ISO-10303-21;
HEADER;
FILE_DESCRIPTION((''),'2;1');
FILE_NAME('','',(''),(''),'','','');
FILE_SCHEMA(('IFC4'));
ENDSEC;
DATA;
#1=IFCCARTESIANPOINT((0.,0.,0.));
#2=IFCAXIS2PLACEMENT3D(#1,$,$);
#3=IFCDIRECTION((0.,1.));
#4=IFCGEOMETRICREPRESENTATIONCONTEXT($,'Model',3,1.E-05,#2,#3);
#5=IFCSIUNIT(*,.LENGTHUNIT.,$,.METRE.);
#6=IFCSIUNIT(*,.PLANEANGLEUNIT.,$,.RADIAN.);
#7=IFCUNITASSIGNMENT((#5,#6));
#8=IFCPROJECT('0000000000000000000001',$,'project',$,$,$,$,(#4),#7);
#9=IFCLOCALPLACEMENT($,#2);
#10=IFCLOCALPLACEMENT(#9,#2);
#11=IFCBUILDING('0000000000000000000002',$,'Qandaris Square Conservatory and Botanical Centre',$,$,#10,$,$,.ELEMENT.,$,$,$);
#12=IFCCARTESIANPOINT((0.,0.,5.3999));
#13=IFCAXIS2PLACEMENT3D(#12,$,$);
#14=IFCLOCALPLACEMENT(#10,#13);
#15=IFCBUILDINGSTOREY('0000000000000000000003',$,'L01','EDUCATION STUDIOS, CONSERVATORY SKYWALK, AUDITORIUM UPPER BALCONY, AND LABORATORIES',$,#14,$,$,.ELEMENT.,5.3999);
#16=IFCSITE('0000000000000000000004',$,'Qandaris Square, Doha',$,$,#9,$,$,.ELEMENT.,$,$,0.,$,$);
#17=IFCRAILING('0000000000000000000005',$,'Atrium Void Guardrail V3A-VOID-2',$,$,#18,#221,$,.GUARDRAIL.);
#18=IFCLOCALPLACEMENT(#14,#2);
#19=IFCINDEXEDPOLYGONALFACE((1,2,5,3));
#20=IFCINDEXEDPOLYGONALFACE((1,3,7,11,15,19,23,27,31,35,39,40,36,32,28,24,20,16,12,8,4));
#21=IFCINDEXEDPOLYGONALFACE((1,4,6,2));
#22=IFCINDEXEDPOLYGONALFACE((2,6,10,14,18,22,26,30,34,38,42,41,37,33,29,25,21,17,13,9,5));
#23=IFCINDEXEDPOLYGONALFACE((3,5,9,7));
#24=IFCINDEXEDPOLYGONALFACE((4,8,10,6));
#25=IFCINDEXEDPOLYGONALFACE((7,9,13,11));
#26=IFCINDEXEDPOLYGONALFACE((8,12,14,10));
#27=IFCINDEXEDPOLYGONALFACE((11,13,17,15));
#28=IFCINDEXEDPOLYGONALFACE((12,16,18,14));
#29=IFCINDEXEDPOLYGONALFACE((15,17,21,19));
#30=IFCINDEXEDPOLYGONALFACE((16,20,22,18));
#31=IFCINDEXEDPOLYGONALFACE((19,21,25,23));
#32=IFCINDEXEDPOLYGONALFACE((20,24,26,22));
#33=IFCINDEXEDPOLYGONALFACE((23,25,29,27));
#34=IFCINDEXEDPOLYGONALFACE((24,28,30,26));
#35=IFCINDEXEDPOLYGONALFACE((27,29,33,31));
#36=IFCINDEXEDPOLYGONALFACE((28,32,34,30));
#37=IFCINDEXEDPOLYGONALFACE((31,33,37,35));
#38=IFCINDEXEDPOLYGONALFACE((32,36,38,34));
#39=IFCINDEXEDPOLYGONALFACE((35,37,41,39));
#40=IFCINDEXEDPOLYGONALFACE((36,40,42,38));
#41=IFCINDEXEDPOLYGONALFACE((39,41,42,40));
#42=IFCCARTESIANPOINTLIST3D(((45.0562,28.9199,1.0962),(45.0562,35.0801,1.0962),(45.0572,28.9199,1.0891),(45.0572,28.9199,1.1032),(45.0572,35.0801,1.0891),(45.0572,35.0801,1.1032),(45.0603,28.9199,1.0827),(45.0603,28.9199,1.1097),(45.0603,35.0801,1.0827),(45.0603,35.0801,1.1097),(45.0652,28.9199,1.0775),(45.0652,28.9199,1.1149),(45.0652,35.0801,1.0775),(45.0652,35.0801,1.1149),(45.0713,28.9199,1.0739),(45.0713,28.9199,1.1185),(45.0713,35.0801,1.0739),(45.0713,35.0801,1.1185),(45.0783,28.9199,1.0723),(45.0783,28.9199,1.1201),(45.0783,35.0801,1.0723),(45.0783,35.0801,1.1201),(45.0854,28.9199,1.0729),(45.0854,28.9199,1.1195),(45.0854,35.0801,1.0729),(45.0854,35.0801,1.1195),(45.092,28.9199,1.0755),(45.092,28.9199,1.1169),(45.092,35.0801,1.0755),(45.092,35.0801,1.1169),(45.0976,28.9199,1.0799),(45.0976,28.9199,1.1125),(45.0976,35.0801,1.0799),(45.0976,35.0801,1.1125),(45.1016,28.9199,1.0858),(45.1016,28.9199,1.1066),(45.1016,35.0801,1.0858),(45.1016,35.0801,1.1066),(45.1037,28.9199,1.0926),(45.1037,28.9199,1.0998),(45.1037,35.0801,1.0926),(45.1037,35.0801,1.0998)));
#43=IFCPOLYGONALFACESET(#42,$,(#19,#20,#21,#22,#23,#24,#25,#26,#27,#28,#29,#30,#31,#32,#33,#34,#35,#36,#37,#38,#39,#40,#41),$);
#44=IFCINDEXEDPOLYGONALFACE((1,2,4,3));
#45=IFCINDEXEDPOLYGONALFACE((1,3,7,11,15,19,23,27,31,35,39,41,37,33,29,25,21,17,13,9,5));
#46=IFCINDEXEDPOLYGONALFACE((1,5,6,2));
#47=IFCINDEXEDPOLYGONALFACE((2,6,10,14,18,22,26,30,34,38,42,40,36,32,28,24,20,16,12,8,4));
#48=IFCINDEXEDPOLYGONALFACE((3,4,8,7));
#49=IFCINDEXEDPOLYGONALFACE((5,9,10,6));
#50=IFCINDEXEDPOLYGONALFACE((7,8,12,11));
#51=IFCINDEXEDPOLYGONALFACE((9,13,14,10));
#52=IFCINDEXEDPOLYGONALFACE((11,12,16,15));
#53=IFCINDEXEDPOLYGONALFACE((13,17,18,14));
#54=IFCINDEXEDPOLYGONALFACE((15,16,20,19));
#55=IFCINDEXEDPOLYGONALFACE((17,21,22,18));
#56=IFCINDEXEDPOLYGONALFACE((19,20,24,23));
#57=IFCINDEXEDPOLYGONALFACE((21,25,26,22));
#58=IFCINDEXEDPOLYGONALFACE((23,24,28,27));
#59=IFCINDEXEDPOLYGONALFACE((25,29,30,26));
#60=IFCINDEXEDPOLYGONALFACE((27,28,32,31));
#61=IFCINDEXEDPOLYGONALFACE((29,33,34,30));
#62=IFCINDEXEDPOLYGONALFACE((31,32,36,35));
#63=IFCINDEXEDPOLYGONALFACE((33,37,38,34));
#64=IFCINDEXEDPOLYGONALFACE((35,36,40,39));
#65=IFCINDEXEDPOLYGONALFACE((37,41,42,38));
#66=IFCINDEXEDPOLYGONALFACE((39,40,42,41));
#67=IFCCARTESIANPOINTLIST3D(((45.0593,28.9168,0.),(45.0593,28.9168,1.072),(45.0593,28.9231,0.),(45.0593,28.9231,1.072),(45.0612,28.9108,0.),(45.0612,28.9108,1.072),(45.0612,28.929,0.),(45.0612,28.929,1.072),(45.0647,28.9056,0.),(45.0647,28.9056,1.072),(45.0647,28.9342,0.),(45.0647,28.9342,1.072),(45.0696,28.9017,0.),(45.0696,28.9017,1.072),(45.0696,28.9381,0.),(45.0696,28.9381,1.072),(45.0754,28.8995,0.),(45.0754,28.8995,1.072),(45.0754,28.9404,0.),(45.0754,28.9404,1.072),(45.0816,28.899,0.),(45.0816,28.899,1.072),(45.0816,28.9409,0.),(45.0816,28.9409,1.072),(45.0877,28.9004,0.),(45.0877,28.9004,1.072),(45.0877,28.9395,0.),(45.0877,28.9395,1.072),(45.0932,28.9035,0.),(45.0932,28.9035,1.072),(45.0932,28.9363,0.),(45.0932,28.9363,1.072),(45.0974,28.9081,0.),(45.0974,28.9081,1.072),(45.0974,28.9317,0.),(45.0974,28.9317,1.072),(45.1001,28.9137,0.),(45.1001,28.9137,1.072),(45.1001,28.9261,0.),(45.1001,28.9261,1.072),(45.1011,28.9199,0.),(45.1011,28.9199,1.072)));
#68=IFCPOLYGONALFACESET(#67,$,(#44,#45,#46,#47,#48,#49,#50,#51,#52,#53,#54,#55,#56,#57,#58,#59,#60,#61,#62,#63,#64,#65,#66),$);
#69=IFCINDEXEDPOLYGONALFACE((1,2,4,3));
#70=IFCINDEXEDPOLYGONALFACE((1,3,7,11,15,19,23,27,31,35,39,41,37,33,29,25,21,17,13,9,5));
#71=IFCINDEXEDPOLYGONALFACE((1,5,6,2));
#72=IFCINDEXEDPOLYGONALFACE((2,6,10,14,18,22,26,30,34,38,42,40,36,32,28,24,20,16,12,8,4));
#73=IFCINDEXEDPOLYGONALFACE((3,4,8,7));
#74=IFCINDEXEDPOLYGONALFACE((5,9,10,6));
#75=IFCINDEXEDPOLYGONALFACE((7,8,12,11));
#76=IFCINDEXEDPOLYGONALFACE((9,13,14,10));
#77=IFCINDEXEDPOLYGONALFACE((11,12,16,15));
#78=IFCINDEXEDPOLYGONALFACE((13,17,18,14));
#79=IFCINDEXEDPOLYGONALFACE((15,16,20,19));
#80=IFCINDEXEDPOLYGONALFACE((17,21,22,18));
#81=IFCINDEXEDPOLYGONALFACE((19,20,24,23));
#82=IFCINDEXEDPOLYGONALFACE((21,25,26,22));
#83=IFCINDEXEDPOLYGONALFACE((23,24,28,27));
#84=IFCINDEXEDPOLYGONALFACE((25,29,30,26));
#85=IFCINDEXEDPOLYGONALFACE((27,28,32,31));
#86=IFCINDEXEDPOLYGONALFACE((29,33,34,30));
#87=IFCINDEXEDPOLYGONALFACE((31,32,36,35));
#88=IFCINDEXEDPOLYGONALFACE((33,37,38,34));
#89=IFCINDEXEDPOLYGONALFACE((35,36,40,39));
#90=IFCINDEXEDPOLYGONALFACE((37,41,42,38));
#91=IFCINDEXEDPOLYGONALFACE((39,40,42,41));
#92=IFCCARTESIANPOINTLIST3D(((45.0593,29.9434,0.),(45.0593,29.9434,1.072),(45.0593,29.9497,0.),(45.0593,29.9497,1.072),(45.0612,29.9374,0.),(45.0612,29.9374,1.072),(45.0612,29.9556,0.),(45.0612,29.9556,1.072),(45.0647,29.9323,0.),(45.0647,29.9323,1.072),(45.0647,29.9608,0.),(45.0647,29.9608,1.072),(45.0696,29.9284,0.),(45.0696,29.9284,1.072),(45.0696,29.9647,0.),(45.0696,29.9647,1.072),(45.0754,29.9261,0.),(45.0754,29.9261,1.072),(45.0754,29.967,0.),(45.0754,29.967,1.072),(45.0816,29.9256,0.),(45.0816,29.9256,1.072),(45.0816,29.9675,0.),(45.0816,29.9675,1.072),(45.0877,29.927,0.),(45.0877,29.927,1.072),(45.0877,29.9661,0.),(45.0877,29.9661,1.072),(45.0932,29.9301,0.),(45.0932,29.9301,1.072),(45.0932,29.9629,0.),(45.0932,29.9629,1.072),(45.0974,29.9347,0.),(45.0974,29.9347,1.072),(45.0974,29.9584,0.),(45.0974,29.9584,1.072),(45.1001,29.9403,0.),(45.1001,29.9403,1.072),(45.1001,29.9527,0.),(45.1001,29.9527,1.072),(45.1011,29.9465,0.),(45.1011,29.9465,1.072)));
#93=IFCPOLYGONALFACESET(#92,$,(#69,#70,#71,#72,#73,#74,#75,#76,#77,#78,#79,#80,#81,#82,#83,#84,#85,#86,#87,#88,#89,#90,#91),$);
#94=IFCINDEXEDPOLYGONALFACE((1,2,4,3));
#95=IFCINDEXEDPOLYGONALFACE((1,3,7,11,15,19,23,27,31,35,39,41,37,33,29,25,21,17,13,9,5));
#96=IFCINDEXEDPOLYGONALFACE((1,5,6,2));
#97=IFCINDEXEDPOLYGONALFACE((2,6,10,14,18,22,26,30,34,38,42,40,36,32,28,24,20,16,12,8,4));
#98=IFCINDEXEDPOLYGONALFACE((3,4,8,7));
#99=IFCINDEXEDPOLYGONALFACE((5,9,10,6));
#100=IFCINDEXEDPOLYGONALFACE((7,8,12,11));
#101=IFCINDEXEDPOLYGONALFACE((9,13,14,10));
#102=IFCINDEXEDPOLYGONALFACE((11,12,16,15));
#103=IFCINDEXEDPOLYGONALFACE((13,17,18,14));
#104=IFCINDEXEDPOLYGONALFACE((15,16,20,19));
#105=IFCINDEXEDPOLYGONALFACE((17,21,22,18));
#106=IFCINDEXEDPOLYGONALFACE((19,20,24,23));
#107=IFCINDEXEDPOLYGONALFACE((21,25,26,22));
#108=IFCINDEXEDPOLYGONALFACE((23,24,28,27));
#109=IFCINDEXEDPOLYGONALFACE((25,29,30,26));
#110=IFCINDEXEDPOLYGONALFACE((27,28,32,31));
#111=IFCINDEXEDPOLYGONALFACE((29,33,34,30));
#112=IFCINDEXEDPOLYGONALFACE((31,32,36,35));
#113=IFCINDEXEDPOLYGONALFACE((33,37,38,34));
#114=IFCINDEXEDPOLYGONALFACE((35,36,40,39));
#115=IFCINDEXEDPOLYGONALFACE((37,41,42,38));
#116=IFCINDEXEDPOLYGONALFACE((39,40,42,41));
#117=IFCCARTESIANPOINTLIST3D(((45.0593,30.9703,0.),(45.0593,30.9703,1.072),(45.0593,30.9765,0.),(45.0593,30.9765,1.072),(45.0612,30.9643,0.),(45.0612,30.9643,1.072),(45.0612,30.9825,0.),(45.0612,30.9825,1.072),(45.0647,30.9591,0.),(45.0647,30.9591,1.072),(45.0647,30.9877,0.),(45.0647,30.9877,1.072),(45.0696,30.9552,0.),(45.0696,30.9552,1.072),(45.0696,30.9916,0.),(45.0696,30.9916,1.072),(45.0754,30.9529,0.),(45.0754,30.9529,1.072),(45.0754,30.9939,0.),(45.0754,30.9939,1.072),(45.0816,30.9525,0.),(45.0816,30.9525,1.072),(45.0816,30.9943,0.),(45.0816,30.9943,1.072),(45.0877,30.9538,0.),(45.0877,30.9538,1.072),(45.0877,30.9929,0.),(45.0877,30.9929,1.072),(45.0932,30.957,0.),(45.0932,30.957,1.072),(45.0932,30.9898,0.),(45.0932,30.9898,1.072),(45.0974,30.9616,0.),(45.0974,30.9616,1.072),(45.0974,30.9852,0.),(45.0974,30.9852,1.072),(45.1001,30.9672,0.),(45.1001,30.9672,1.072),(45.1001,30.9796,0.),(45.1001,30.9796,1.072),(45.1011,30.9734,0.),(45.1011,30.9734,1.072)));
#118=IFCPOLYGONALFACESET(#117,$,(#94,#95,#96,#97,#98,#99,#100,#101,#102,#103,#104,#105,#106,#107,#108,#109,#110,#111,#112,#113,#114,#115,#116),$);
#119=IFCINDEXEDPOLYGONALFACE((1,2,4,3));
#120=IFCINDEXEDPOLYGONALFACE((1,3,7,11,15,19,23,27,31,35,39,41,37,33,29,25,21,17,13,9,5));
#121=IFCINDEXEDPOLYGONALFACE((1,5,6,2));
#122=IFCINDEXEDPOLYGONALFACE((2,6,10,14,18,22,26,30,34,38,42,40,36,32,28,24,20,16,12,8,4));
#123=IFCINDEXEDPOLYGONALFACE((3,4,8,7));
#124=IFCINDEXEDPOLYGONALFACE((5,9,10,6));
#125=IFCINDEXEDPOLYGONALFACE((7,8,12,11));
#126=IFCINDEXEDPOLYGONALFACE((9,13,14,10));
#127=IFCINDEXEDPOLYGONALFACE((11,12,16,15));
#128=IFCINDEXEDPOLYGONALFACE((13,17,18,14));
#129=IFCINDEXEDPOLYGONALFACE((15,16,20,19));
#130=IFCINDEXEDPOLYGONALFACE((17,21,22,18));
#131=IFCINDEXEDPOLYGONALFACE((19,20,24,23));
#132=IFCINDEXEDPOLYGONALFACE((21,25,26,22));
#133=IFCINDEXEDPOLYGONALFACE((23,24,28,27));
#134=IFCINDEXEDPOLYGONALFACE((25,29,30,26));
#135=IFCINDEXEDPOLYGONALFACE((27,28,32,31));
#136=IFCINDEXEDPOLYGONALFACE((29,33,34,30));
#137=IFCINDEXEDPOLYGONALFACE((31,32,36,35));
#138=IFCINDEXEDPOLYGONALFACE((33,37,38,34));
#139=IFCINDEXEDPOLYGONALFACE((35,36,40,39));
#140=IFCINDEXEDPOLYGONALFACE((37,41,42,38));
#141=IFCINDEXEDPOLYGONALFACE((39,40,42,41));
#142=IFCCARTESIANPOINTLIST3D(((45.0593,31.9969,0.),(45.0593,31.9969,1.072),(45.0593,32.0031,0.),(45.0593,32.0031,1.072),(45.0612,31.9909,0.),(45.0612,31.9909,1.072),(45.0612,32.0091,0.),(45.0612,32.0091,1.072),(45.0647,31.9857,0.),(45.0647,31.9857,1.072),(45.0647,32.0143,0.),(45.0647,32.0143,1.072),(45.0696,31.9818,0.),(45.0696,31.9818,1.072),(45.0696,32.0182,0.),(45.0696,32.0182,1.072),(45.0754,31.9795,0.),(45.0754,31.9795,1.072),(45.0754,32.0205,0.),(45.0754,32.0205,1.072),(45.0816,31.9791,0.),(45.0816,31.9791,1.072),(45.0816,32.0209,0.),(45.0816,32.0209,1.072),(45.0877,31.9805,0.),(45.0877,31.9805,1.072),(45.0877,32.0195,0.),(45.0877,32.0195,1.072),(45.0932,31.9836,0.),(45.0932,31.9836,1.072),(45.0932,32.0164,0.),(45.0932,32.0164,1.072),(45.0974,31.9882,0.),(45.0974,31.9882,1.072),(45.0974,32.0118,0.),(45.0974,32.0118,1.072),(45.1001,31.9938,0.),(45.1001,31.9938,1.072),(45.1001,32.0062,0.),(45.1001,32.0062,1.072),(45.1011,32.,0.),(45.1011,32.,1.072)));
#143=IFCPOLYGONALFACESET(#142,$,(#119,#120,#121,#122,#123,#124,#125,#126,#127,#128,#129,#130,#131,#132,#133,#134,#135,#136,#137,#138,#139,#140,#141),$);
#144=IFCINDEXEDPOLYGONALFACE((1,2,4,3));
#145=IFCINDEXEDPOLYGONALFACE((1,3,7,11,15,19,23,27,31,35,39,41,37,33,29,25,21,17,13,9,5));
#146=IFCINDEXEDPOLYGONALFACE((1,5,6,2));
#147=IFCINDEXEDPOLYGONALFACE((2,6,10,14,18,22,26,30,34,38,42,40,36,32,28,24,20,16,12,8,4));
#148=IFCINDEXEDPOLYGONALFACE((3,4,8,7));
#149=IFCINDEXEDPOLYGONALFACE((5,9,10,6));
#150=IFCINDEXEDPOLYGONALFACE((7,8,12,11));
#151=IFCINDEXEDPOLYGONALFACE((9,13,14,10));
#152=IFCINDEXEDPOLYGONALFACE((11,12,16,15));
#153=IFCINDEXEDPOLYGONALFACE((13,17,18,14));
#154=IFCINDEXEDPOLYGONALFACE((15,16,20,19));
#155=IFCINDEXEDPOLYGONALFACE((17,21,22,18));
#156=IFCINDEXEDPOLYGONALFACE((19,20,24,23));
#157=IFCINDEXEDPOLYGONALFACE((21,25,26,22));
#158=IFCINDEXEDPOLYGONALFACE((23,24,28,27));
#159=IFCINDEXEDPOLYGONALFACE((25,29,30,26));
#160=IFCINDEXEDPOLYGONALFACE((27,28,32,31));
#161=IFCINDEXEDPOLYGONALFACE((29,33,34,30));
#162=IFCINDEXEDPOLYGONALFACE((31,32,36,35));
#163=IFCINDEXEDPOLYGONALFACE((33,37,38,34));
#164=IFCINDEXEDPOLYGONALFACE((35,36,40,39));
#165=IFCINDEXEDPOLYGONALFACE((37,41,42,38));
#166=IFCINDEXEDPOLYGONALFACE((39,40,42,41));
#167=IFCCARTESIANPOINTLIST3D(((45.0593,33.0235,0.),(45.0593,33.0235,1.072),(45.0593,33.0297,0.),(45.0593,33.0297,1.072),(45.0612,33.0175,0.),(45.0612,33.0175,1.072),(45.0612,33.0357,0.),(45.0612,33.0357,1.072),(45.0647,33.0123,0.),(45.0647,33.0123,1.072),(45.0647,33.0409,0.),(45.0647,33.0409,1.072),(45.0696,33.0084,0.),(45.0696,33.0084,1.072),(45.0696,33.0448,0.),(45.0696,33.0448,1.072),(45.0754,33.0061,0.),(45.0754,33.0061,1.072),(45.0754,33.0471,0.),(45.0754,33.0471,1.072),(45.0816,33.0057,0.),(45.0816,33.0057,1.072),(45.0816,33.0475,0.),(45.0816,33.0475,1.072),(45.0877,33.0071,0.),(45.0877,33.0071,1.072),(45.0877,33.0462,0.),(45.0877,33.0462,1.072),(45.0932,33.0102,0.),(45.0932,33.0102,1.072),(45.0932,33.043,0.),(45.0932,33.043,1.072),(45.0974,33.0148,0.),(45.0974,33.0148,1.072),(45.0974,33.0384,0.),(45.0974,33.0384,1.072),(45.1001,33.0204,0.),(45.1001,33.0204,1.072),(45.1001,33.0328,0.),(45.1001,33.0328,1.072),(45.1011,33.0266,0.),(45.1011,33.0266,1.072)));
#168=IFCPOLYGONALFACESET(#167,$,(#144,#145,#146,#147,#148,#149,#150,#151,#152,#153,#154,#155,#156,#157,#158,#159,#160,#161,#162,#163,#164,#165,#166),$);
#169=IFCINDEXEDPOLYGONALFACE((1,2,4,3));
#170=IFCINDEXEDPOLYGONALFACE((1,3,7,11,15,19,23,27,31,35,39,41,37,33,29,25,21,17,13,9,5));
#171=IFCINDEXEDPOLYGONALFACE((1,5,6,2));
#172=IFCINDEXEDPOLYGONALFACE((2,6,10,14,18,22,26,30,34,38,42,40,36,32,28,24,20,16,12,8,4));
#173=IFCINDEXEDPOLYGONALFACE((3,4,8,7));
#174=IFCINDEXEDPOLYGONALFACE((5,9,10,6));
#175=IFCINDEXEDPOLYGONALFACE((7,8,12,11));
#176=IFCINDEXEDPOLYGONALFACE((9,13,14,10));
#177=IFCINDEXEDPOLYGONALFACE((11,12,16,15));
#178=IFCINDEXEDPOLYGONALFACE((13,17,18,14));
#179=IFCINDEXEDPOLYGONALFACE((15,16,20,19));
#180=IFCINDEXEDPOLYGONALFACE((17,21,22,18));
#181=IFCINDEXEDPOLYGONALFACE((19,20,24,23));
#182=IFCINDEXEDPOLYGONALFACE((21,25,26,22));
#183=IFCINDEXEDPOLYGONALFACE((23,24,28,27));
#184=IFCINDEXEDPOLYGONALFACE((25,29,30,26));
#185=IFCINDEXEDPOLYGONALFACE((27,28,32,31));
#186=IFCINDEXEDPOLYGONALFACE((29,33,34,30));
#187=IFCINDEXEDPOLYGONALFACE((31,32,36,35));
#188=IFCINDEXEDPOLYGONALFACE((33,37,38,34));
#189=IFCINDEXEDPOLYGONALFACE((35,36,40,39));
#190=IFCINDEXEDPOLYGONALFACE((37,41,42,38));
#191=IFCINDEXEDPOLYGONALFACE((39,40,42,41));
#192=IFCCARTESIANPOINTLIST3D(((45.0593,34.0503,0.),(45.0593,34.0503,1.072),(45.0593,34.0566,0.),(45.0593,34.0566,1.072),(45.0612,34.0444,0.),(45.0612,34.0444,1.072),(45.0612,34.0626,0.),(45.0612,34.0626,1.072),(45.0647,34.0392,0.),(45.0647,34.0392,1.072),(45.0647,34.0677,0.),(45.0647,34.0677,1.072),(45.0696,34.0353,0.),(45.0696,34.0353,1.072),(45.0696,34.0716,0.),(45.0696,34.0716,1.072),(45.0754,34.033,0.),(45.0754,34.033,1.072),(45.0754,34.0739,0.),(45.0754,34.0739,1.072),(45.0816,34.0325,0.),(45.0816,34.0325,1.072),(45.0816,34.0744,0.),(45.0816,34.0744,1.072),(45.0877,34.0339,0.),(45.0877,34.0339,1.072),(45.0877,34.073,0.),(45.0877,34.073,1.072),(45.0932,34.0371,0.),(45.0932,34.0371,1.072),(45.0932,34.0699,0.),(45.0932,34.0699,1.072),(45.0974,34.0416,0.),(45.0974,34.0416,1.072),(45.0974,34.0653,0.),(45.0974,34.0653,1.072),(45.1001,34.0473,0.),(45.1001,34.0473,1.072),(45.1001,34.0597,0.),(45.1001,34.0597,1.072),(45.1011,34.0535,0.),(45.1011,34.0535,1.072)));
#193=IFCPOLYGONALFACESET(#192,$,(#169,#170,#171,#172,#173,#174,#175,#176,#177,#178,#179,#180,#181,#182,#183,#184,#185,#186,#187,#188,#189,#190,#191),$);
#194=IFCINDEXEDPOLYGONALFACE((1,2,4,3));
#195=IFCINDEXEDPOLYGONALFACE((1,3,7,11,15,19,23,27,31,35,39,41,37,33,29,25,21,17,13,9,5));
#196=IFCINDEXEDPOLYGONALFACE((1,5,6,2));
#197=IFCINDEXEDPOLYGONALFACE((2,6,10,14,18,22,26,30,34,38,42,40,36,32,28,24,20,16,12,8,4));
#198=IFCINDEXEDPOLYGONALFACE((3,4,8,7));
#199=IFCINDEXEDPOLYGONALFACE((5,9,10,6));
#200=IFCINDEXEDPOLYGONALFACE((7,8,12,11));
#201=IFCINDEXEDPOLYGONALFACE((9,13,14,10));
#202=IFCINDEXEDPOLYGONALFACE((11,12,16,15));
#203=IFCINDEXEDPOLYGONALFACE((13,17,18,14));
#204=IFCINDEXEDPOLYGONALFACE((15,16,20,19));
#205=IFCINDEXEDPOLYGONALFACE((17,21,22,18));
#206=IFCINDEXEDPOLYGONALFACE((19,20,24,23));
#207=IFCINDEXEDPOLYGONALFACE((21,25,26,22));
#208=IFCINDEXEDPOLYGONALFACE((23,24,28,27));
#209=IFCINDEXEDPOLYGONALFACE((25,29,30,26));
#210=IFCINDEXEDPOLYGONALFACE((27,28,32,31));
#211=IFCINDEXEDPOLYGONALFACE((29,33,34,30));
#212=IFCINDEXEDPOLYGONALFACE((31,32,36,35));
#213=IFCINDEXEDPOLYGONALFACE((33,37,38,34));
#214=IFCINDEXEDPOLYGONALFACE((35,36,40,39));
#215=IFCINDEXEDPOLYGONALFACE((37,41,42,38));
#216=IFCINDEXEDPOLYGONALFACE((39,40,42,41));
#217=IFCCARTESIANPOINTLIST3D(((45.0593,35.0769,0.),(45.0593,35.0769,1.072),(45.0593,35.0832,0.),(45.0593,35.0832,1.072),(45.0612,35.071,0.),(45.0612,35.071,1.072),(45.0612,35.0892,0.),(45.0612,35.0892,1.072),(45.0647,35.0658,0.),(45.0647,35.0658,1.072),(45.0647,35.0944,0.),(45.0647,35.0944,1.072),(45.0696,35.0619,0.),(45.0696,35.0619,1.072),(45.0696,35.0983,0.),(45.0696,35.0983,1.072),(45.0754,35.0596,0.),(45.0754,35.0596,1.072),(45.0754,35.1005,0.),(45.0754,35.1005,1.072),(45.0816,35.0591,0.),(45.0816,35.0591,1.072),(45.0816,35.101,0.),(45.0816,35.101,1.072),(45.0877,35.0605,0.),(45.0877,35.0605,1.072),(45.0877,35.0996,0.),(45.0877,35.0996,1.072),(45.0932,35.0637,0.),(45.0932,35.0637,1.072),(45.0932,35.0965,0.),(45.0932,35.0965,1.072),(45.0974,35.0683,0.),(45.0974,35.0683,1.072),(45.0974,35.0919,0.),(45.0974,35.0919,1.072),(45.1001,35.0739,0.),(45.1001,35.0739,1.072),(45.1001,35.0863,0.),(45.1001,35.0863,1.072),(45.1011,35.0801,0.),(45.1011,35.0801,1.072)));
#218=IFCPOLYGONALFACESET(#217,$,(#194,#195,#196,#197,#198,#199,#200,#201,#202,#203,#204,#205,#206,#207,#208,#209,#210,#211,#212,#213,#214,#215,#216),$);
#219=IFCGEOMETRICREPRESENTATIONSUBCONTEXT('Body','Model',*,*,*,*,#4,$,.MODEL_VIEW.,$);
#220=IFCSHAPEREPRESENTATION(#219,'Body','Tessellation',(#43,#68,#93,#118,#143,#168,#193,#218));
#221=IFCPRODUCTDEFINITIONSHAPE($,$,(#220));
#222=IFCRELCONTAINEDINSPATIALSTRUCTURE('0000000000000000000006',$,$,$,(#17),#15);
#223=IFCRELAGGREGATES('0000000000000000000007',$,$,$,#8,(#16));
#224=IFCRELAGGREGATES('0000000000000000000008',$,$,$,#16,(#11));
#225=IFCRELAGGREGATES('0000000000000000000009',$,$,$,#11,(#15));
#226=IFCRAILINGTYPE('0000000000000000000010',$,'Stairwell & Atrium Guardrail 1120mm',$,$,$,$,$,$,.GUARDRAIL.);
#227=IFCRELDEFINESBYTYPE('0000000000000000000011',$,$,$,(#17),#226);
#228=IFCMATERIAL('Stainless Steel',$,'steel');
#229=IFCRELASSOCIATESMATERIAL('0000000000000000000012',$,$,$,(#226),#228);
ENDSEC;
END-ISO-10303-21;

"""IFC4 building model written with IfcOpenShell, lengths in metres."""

from ifc_helpers import new_model, si_unit, direction, frame, origin, origin_2d, place, context, subcontext, project, spatial, circle, extrude, material, type_object, element, save


model = new_model("IFC4")

# Units and contexts
model_context = context("Model", 3, precision=1e-05, world=origin(), true_north=direction((0.0, 1.0)))
body_context = subcontext(model_context, "Body", "Model", "MODEL_VIEW")
ifc_project = project(units=[si_unit("LENGTHUNIT", "METRE"), si_unit("PLANEANGLEUNIT", "RADIAN")], contexts=[model_context])

# Site, building, storey
site_placement = place(None, origin())
site = spatial("IfcSite", under=ifc_project, at=site_placement, Name="Qandaris Square, Doha", CompositionType="ELEMENT", RefElevation=0.0)
building_placement = place(site_placement, origin())
building = spatial("IfcBuilding", under=site, at=building_placement, Name="Qandaris Square Conservatory and Botanical Centre", CompositionType="ELEMENT")
storey_placement = place(building_placement, frame((0.0, 0.0, 5.3999)))
storey = spatial("IfcBuildingStorey", under=building, at=storey_placement, Name="L01", Description="EDUCATION STUDIOS, CONSERVATORY SKYWALK, AUDITORIUM UPPER BALCONY, AND LABORATORIES", CompositionType="ELEMENT", Elevation=5.3999)

# Railing
ifc_material_1 = material(Name="Stainless Steel", Category="steel")
railing_type = type_object("IfcRailingType", Name="Stairwell & Atrium Guardrail 1120mm", PredefinedType="GUARDRAIL", material=ifc_material_1)
railing_1_placement = place(storey_placement, frame((45.0801, 28.9199, 0.0)))
element("IfcRailing", 1, at=railing_1_placement, inside=storey, type_object=railing_type, Name="Atrium Void Guardrail V3A-VOID-2", PredefinedType="GUARDRAIL", context=body_context, shape_type="SweptSolid", body=[
    extrude(circle(Radius=0.0239, at=origin_2d()), frame((0.0, 0.0, 1.0962), z_axis=(0.0, 1.0, 0.0), x_axis=(-1.0, 0.0, 0.0)), (0.0, 0.0, 1.0), 6.1602),
    extrude(circle(Radius=0.021, at=origin_2d()), origin(), (0.0, 0.0, 1.0), 1.072),
    extrude(circle(Radius=0.021, at=origin_2d()), frame((0.0, 1.0266, 0.0)), (0.0, 0.0, 1.0), 1.072),
    extrude(circle(Radius=0.021, at=origin_2d()), frame((0.0, 2.0535, 0.0)), (0.0, 0.0, 1.0), 1.072),
    extrude(circle(Radius=0.021, at=origin_2d()), frame((0.0, 3.0801, 0.0)), (0.0, 0.0, 1.0), 1.072),
    extrude(circle(Radius=0.021, at=origin_2d()), frame((0.0, 4.1067, 0.0)), (0.0, 0.0, 1.0), 1.072),
    extrude(circle(Radius=0.021, at=origin_2d()), frame((0.0, 5.1335, 0.0)), (0.0, 0.0, 1.0), 1.072),
    extrude(circle(Radius=0.021, at=origin_2d()), frame((0.0, 6.1602, 0.0)), (0.0, 0.0, 1.0), 1.072),
])

save(model, "model.ifc")
